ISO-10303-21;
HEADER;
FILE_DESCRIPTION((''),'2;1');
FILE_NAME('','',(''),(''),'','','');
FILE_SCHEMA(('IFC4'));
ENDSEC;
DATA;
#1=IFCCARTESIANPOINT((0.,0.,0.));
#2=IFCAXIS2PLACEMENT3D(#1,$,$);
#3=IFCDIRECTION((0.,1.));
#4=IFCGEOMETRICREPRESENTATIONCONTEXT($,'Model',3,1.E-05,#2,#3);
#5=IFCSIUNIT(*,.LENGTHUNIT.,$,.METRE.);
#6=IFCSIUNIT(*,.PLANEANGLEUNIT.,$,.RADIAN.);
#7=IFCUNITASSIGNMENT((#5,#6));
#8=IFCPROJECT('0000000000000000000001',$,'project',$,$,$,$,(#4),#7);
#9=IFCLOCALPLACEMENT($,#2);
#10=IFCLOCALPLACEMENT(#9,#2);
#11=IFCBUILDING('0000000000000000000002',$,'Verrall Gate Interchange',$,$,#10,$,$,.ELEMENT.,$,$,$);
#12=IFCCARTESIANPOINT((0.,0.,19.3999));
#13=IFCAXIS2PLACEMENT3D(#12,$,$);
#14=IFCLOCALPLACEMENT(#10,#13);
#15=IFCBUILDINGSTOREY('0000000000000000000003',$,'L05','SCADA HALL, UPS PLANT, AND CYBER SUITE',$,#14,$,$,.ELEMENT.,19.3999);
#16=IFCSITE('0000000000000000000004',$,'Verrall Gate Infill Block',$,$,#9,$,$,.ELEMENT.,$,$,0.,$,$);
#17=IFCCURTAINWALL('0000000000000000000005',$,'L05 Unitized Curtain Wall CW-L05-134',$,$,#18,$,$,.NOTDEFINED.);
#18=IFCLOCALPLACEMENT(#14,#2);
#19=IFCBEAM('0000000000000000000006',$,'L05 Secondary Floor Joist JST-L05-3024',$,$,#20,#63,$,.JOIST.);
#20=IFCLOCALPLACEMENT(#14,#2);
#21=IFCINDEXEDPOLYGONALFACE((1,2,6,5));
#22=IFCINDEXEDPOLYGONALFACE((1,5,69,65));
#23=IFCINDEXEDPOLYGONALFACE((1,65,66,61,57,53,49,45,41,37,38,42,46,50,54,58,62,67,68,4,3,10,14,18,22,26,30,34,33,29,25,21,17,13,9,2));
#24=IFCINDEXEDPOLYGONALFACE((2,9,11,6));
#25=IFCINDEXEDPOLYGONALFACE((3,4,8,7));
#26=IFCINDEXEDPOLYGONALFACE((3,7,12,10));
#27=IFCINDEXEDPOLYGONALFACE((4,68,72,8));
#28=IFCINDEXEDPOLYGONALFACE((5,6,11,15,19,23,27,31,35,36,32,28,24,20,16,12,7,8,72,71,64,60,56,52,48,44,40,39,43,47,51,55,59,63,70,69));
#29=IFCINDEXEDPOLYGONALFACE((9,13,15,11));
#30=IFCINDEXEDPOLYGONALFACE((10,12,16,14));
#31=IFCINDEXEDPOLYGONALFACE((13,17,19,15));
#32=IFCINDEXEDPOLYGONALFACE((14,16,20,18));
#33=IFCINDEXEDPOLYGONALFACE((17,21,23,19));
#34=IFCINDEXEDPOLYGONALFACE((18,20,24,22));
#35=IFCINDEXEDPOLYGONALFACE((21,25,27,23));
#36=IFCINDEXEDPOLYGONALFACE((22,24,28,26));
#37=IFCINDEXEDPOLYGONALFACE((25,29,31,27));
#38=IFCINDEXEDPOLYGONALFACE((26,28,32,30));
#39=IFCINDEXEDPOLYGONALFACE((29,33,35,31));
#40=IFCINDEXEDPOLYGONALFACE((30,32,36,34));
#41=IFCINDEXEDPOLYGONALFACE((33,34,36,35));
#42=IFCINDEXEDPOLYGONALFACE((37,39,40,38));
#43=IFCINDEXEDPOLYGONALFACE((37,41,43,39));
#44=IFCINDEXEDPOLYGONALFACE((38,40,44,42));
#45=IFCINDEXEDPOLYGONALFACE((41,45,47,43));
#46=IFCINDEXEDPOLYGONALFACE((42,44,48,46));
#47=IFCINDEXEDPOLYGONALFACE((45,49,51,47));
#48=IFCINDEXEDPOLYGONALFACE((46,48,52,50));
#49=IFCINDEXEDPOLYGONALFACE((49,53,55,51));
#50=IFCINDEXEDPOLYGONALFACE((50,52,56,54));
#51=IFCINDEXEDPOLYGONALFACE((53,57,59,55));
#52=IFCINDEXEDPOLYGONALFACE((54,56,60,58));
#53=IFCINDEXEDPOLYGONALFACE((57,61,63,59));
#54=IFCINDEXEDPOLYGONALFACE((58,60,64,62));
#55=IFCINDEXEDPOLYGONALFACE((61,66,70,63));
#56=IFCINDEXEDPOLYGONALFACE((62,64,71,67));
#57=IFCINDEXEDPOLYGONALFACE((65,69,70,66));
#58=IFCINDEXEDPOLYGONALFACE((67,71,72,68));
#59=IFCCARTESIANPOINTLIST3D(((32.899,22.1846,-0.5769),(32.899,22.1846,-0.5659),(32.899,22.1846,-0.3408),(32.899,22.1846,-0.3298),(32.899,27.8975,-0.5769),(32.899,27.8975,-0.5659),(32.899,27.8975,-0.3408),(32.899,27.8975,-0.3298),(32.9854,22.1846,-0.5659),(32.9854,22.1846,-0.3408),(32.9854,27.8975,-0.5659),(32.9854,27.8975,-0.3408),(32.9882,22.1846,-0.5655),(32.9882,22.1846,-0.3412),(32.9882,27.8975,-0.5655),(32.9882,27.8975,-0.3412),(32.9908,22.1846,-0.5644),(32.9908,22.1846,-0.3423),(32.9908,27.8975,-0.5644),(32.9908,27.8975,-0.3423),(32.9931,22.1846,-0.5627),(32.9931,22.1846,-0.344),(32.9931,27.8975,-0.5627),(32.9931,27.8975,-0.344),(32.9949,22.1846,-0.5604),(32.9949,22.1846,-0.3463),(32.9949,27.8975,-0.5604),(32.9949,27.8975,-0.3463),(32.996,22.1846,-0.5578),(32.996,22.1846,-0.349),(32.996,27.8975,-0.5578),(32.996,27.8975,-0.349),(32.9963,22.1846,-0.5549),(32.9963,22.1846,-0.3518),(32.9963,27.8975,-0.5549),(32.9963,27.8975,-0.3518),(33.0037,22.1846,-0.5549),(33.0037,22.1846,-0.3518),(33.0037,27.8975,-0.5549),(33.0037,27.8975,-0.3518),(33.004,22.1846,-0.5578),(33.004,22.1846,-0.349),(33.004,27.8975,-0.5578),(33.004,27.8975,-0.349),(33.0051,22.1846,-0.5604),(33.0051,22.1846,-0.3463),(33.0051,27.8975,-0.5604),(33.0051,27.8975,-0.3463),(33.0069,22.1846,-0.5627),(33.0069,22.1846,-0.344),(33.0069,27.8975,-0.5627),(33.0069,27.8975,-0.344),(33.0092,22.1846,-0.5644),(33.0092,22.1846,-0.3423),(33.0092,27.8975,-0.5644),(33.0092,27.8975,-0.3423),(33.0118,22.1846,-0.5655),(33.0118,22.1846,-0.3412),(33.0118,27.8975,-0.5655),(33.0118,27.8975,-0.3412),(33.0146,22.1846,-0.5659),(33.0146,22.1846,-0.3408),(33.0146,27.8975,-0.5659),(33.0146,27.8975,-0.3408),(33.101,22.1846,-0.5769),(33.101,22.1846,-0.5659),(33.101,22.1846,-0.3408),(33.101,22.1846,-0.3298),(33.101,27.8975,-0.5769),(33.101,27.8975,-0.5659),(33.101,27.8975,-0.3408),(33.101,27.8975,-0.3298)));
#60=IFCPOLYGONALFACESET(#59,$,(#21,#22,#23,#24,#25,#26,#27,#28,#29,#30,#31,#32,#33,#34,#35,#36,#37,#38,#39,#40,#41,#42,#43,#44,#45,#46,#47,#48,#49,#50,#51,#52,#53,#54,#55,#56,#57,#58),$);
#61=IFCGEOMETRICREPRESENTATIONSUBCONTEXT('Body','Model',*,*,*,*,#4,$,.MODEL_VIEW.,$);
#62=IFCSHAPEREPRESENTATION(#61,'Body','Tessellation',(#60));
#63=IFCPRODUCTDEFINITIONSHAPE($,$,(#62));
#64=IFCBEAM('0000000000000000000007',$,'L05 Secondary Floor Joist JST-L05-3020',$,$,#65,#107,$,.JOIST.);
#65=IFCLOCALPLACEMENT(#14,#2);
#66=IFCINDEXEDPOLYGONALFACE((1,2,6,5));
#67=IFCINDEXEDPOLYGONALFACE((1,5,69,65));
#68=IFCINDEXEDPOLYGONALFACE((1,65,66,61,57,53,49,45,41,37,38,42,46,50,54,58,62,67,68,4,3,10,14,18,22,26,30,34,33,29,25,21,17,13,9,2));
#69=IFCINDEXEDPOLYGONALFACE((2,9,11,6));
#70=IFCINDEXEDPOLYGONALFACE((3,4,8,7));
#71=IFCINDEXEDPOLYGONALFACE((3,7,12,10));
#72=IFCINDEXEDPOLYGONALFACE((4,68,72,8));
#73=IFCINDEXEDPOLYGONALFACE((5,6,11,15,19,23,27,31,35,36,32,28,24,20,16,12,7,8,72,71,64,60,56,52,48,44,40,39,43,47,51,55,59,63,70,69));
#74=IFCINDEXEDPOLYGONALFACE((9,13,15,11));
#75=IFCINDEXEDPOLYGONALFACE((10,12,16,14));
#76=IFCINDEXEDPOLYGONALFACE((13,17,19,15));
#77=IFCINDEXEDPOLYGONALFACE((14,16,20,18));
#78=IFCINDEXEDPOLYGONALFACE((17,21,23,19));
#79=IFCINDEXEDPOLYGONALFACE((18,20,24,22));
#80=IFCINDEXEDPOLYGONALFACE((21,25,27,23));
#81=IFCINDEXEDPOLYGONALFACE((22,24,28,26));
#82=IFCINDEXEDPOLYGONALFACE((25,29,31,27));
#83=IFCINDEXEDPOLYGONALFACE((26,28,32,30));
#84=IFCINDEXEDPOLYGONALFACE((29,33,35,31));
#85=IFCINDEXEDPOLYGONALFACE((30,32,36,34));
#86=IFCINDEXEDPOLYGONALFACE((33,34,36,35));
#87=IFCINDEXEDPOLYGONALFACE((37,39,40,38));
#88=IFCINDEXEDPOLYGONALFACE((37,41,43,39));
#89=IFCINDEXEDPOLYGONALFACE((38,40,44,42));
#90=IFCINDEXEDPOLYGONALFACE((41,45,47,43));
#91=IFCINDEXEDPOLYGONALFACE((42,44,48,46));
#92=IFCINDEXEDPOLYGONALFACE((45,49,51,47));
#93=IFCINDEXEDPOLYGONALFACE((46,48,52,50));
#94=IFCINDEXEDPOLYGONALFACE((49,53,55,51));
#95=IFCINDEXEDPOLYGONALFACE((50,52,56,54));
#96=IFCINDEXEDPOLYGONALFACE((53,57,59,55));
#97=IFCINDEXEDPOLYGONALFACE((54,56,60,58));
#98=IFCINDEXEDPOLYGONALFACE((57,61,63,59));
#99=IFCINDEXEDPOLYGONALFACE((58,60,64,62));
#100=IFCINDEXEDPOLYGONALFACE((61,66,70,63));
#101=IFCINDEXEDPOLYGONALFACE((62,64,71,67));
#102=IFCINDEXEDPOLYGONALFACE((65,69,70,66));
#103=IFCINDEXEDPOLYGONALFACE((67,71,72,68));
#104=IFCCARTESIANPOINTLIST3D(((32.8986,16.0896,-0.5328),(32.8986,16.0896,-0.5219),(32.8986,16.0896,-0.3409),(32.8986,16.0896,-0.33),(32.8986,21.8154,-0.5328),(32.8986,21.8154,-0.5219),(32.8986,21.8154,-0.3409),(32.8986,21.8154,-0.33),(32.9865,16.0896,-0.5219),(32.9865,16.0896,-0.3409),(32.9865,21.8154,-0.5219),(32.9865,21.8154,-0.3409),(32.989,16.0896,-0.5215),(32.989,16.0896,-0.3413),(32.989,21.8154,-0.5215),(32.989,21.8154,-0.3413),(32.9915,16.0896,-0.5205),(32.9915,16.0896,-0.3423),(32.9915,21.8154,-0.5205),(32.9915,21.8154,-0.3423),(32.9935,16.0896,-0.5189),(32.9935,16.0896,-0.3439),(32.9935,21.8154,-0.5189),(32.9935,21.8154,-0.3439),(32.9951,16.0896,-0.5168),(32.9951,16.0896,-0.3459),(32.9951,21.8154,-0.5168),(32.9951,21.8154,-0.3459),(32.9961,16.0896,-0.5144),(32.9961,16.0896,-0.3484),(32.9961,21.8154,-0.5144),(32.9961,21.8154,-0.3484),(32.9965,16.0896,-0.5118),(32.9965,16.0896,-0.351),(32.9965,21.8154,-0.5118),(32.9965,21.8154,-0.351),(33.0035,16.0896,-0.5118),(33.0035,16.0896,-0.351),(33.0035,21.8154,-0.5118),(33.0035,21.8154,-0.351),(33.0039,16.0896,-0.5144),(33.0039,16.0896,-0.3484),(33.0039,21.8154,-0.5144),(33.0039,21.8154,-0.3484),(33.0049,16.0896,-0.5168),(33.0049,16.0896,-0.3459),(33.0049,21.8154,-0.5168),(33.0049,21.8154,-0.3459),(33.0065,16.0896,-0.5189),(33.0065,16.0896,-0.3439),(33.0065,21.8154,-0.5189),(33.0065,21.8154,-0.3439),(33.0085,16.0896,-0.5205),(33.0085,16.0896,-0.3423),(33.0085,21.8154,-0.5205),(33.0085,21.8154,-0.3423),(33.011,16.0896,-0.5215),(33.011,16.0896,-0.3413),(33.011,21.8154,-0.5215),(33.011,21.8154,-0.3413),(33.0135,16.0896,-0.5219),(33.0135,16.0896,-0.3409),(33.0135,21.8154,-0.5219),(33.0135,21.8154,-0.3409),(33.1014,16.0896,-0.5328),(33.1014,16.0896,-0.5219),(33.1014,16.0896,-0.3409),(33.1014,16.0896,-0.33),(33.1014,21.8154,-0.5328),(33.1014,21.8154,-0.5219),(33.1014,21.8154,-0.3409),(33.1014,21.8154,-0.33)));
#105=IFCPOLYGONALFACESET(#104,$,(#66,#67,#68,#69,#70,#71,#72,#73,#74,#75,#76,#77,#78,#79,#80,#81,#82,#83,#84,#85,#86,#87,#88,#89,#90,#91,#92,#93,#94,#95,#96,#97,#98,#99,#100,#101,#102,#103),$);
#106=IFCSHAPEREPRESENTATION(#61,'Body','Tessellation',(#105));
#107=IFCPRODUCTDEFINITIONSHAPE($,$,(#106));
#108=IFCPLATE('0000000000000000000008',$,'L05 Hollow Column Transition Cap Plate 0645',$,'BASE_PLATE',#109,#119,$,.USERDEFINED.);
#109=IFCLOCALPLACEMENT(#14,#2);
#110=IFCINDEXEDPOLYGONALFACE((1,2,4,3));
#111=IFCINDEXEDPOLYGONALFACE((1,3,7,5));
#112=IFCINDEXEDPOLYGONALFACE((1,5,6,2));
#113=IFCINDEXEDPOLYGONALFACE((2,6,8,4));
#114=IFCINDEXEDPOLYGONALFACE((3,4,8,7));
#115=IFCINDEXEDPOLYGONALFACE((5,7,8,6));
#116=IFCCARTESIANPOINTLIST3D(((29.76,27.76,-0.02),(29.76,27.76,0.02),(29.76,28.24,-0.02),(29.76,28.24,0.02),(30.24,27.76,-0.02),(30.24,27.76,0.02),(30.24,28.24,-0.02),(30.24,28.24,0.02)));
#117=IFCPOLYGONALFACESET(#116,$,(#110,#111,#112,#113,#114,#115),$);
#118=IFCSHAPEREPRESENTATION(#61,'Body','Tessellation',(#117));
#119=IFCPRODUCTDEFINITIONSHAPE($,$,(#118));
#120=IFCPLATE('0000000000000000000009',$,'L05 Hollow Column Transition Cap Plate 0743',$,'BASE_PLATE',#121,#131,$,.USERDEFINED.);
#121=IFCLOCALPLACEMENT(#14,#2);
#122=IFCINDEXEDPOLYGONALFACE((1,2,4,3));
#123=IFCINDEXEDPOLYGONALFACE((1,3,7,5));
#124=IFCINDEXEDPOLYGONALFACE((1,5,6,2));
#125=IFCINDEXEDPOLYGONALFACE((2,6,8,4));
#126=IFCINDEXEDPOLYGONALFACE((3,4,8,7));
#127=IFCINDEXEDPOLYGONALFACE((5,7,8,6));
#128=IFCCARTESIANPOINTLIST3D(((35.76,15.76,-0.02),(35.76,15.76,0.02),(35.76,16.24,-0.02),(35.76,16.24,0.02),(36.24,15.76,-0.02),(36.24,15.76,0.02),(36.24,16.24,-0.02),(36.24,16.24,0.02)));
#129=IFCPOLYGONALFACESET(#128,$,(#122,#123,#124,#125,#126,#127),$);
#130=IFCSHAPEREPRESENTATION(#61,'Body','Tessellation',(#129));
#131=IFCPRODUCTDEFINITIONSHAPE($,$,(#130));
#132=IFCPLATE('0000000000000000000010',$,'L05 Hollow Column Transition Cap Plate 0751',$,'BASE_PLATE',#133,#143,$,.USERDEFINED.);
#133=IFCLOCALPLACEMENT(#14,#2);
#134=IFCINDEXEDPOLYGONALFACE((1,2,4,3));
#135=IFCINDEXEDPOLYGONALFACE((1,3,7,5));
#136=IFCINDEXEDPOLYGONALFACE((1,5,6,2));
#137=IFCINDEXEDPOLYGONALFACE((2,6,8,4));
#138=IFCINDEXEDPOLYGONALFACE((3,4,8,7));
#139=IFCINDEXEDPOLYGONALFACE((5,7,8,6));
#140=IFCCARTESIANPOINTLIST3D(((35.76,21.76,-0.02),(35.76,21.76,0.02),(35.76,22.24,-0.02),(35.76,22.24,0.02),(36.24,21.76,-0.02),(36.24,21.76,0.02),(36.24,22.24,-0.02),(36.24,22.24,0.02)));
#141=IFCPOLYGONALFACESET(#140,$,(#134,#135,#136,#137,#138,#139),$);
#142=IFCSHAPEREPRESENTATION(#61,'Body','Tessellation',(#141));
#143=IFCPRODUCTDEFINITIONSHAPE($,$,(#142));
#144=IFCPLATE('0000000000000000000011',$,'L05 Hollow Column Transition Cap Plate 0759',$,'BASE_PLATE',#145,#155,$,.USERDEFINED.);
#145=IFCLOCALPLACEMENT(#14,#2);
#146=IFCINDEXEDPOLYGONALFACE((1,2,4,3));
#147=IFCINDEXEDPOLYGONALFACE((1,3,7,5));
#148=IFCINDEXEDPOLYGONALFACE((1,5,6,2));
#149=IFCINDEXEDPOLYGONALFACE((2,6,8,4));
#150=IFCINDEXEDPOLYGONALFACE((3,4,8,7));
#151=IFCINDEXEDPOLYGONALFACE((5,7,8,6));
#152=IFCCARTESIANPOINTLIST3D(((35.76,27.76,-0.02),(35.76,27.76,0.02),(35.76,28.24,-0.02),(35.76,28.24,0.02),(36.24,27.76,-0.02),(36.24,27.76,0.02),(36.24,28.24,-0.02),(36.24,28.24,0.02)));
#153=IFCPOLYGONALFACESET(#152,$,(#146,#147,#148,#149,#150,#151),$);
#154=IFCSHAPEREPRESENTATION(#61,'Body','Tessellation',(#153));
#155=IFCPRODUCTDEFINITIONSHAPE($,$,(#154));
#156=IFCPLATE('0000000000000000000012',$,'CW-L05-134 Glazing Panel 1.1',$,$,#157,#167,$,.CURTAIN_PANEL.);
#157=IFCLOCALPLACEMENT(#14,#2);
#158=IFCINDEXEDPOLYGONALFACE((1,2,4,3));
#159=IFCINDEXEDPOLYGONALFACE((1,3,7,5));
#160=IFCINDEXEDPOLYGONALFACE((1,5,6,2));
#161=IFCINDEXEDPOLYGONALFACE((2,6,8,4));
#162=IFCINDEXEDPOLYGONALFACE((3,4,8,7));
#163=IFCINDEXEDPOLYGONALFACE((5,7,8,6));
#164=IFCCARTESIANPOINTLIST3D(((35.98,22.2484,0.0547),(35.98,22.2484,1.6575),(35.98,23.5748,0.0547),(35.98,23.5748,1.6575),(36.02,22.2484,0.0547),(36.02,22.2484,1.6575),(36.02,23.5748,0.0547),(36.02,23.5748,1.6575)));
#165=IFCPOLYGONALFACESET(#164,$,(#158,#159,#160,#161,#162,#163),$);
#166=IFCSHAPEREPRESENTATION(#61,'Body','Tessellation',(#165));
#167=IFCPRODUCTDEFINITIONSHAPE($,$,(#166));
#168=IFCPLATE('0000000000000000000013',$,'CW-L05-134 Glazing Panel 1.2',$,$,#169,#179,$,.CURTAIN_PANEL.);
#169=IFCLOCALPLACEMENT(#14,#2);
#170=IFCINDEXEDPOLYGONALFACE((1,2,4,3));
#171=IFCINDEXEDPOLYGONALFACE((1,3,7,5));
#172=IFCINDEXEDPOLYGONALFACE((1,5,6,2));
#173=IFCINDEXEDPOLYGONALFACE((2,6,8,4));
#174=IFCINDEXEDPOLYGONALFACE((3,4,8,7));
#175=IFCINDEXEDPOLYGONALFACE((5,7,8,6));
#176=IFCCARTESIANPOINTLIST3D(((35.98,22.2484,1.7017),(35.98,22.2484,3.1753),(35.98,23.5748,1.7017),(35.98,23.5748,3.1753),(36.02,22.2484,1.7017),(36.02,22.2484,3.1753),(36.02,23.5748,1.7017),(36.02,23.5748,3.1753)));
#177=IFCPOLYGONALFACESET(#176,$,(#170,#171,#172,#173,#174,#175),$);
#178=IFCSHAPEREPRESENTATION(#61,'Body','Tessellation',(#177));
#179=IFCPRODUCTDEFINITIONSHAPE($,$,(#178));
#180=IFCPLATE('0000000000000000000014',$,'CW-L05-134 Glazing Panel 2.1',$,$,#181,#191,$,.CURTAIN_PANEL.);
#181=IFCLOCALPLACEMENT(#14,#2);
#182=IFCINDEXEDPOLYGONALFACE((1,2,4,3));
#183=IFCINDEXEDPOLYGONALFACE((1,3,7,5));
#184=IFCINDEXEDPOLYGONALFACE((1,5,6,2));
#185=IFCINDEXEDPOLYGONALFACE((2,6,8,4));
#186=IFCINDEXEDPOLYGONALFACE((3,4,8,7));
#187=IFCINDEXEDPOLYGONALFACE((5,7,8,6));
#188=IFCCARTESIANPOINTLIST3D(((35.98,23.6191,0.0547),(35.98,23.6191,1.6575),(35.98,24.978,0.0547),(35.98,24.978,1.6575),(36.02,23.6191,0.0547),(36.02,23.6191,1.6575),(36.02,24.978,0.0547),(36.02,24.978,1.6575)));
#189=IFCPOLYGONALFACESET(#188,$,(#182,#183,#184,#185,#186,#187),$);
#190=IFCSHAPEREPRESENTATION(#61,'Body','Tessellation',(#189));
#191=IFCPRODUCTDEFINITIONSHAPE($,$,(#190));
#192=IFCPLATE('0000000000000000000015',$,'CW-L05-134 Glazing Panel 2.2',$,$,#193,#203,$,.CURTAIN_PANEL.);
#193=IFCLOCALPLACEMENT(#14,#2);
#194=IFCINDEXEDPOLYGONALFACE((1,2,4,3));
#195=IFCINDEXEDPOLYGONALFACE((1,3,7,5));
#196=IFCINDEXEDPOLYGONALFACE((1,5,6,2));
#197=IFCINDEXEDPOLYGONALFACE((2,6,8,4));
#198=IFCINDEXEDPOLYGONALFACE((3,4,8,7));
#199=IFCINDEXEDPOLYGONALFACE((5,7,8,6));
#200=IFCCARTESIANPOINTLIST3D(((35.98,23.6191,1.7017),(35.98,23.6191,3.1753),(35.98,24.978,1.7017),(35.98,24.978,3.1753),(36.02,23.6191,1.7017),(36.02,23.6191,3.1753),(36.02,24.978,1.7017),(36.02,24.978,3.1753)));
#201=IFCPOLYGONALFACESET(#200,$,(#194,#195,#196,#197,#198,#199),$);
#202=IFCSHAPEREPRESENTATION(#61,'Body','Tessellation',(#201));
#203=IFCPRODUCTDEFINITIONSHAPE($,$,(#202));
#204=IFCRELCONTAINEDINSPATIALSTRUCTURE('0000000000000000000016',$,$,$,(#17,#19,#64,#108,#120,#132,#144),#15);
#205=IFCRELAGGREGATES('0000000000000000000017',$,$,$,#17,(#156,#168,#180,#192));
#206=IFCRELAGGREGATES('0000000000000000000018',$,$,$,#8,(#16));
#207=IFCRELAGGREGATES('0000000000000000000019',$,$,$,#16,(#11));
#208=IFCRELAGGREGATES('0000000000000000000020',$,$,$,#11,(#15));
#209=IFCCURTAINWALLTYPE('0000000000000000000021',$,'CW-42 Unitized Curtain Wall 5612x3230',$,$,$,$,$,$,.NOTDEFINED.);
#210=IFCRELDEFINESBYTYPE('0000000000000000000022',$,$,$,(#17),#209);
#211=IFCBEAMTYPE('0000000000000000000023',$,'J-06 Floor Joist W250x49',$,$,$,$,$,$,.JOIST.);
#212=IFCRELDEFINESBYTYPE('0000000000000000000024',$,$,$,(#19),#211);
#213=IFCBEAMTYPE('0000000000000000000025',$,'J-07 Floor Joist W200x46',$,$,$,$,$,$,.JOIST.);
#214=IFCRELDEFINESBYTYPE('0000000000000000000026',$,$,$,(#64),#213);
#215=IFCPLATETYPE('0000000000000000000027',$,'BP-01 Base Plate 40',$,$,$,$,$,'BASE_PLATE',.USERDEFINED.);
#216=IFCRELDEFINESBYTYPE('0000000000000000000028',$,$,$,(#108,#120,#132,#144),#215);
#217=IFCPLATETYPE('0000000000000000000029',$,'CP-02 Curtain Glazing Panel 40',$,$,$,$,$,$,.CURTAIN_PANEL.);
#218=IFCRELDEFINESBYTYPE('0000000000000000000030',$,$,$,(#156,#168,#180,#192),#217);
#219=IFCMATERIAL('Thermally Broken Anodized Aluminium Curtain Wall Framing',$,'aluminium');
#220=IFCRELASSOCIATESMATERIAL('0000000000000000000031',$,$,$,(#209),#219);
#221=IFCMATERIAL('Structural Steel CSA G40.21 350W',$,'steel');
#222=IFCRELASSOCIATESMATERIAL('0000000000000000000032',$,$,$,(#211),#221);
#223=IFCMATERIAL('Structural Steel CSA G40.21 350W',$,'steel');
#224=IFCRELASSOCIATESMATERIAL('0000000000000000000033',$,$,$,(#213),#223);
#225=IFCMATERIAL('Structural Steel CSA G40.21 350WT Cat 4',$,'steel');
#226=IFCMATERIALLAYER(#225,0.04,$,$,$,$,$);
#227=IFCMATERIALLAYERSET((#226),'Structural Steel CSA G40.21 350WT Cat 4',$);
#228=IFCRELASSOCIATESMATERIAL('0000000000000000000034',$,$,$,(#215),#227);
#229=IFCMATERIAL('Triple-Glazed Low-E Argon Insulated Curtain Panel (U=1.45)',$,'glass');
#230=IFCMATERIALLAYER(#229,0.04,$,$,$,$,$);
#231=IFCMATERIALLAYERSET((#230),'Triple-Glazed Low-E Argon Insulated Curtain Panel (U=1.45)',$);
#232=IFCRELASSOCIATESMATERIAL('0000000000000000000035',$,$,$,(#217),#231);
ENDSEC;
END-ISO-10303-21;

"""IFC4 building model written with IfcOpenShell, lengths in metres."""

from ifc_helpers import new_model, si_unit, direction, frame, origin, origin_2d, place, context, subcontext, project, spatial, rectangle, i_section, extrude, material, layer, layer_set, material_profile, profile_set, type_object, element, aggregate, save


model = new_model("IFC4")

# Units and contexts
model_context = context("Model", 3, precision=1e-05, world=origin(), true_north=direction((0.0, 1.0)))
body_context = subcontext(model_context, "Body", "Model", "MODEL_VIEW")
ifc_project = project(units=[si_unit("LENGTHUNIT", "METRE"), si_unit("PLANEANGLEUNIT", "RADIAN")], contexts=[model_context])

# Site, building, storey
site_placement = place(None, origin())
site = spatial("IfcSite", under=ifc_project, at=site_placement, Name="Verrall Gate Infill Block", CompositionType="ELEMENT", RefElevation=0.0)
building_placement = place(site_placement, origin())
building = spatial("IfcBuilding", under=site, at=building_placement, Name="Verrall Gate Interchange", CompositionType="ELEMENT")
storey_placement = place(building_placement, frame((0.0, 0.0, 19.3999)))
storey = spatial("IfcBuildingStorey", under=building, at=storey_placement, Name="L05", Description="SCADA HALL, UPS PLANT, AND CYBER SUITE", CompositionType="ELEMENT", Elevation=19.3999)

# Curtain wall
ifc_material_1 = material(Name="Thermally Broken Anodized Aluminium Curtain Wall Framing", Category="aluminium")
curtain_wall_type = type_object("IfcCurtainWallType", Name="CW-42 Unitized Curtain Wall 5612x3230", PredefinedType="NOTDEFINED", material=ifc_material_1)
curtain_wall_placement = place(storey_placement, origin())
curtain_wall = element("IfcCurtainWall", 1, at=curtain_wall_placement, inside=storey, type_object=curtain_wall_type, Name="L05 Unitized Curtain Wall CW-L05-134", PredefinedType="NOTDEFINED")

# Beams
ifc_material_2 = material(Name="Structural Steel CSA G40.21 350W", Category="steel")
ifc_material_profile_1 = material_profile(ifc_material_2, i_section(OverallWidth=0.2019, OverallDepth=0.2471, WebThickness=0.0073, FlangeThickness=0.011, FilletRadius=0.011, at=origin_2d()), Name="W250x49")
ifc_profile_set_1 = profile_set([ifc_material_profile_1], Name="Structural Steel CSA G40.21 350W")
beam_type_1 = type_object("IfcBeamType", Name="J-06 Floor Joist W250x49", PredefinedType="JOIST", material=ifc_profile_set_1)
beam_1_placement = place(storey_placement, frame((33.0, 22.1846, -0.4534), z_axis=(0.0, 1.0, 0.0), x_axis=(-1.0, 0.0, 0.0)))
element("IfcBeam", 2, at=beam_1_placement, inside=storey, type_object=beam_type_1, Name="L05 Secondary Floor Joist JST-L05-3024", PredefinedType="JOIST", context=body_context, shape_type="SweptSolid", body=[
    extrude(i_section(OverallWidth=0.2019, OverallDepth=0.2471, WebThickness=0.0073, FlangeThickness=0.011, FilletRadius=0.011, at=origin_2d()), origin(), (0.0, 0.0, 1.0), 5.7129),
])
ifc_material_3 = material(Name="Structural Steel CSA G40.21 350W", Category="steel")
ifc_material_profile_2 = material_profile(ifc_material_3, i_section(OverallWidth=0.2029, OverallDepth=0.2029, WebThickness=0.0071, FlangeThickness=0.011, FilletRadius=0.01, at=origin_2d()), Name="W200x46")
ifc_profile_set_2 = profile_set([ifc_material_profile_2], Name="Structural Steel CSA G40.21 350W")
beam_type_2 = type_object("IfcBeamType", Name="J-07 Floor Joist W200x46", PredefinedType="JOIST", material=ifc_profile_set_2)
beam_2_placement = place(storey_placement, frame((33.0, 16.0896, -0.4314), z_axis=(0.0, 1.0, 0.0), x_axis=(-1.0, 0.0, 0.0)))
element("IfcBeam", 3, at=beam_2_placement, inside=storey, type_object=beam_type_2, Name="L05 Secondary Floor Joist JST-L05-3020", PredefinedType="JOIST", context=body_context, shape_type="SweptSolid", body=[
    extrude(i_section(OverallWidth=0.2029, OverallDepth=0.2029, WebThickness=0.0071, FlangeThickness=0.011, FilletRadius=0.01, at=origin_2d()), origin(), (0.0, 0.0, 1.0), 5.7258),
])

# Plates
ifc_material_4 = material(Name="Structural Steel CSA G40.21 350WT Cat 4", Category="steel")
ifc_layer_1 = layer(ifc_material_4, 0.04)
ifc_layer_set_1 = layer_set([ifc_layer_1], Name="Structural Steel CSA G40.21 350WT Cat 4")
plate_type_1 = type_object("IfcPlateType", Name="BP-01 Base Plate 40", ElementType="BASE_PLATE", PredefinedType="USERDEFINED", material=ifc_layer_set_1)
for number, where, z_axis, x_axis, name in (
    (4, (30.0, 28.0, -0.02), (0.0, 0.0, 1.0), (1.0, 0.0, 0.0), "L05 Hollow Column Transition Cap Plate 0645"),
    (5, (36.0, 16.0, -0.02), (0.0, 0.0, 1.0), (1.0, 0.0, 0.0), "L05 Hollow Column Transition Cap Plate 0743"),
    (6, (36.0, 22.0, -0.02), (0.0, 0.0, 1.0), (1.0, 0.0, 0.0), "L05 Hollow Column Transition Cap Plate 0751"),
    (7, (36.0, 28.0, -0.02), (0.0, 0.0, 1.0), (1.0, 0.0, 0.0), "L05 Hollow Column Transition Cap Plate 0759"),
):
    element("IfcPlate", number, at=place(storey_placement, frame(where, z_axis=z_axis, x_axis=x_axis)), inside=storey, type_object=plate_type_1, Name=name, ObjectType="BASE_PLATE", PredefinedType="USERDEFINED", context=body_context, shape_type="SweptSolid", body=[
        extrude(rectangle(XDim=0.48, YDim=0.48, at=origin_2d()), origin(), (0.0, 0.0, 1.0), 0.04),
    ])

# Plates
ifc_material_5 = material(Name="Triple-Glazed Low-E Argon Insulated Curtain Panel (U=1.45)", Category="glass")
ifc_layer_2 = layer(ifc_material_5, 0.04)
ifc_layer_set_2 = layer_set([ifc_layer_2], Name="Triple-Glazed Low-E Argon Insulated Curtain Panel (U=1.45)")
plate_type_2 = type_object("IfcPlateType", Name="CP-02 Curtain Glazing Panel 40", PredefinedType="CURTAIN_PANEL", material=ifc_layer_set_2)
plate_1_placement = place(storey_placement, frame((36.0, 22.9116, 0.0547), z_axis=(0.0, 0.0, 1.0), x_axis=(0.0, 1.0, 0.0)))
plate_1 = element("IfcPlate", 8, at=plate_1_placement, type_object=plate_type_2, Name="CW-L05-134 Glazing Panel 1.1", PredefinedType="CURTAIN_PANEL", context=body_context, shape_type="SweptSolid", body=[
    extrude(rectangle(XDim=1.3264, YDim=0.04, at=origin_2d()), origin(), (0.0, 0.0, 1.0), 1.6028),
])
plate_2_placement = place(storey_placement, frame((36.0, 22.9116, 1.7017), z_axis=(0.0, 0.0, 1.0), x_axis=(0.0, 1.0, 0.0)))
plate_2 = element("IfcPlate", 9, at=plate_2_placement, type_object=plate_type_2, Name="CW-L05-134 Glazing Panel 1.2", PredefinedType="CURTAIN_PANEL", context=body_context, shape_type="SweptSolid", body=[
    extrude(rectangle(XDim=1.3264, YDim=0.04, at=origin_2d()), origin(), (0.0, 0.0, 1.0), 1.4736),
])
plate_3_placement = place(storey_placement, frame((36.0, 24.2986, 0.0547), z_axis=(0.0, 0.0, 1.0), x_axis=(0.0, 1.0, 0.0)))
plate_3 = element("IfcPlate", 10, at=plate_3_placement, type_object=plate_type_2, Name="CW-L05-134 Glazing Panel 2.1", PredefinedType="CURTAIN_PANEL", context=body_context, shape_type="SweptSolid", body=[
    extrude(rectangle(XDim=1.3589, YDim=0.04, at=origin_2d()), origin(), (0.0, 0.0, 1.0), 1.6028),
])
plate_4_placement = place(storey_placement, frame((36.0, 24.2986, 1.7017), z_axis=(0.0, 0.0, 1.0), x_axis=(0.0, 1.0, 0.0)))
plate_4 = element("IfcPlate", 11, at=plate_4_placement, type_object=plate_type_2, Name="CW-L05-134 Glazing Panel 2.2", PredefinedType="CURTAIN_PANEL", context=body_context, shape_type="SweptSolid", body=[
    extrude(rectangle(XDim=1.3589, YDim=0.04, at=origin_2d()), origin(), (0.0, 0.0, 1.0), 1.4736),
])
aggregate(curtain_wall, [plate_1, plate_2, plate_3, plate_4])

save(model, "model.ifc")
